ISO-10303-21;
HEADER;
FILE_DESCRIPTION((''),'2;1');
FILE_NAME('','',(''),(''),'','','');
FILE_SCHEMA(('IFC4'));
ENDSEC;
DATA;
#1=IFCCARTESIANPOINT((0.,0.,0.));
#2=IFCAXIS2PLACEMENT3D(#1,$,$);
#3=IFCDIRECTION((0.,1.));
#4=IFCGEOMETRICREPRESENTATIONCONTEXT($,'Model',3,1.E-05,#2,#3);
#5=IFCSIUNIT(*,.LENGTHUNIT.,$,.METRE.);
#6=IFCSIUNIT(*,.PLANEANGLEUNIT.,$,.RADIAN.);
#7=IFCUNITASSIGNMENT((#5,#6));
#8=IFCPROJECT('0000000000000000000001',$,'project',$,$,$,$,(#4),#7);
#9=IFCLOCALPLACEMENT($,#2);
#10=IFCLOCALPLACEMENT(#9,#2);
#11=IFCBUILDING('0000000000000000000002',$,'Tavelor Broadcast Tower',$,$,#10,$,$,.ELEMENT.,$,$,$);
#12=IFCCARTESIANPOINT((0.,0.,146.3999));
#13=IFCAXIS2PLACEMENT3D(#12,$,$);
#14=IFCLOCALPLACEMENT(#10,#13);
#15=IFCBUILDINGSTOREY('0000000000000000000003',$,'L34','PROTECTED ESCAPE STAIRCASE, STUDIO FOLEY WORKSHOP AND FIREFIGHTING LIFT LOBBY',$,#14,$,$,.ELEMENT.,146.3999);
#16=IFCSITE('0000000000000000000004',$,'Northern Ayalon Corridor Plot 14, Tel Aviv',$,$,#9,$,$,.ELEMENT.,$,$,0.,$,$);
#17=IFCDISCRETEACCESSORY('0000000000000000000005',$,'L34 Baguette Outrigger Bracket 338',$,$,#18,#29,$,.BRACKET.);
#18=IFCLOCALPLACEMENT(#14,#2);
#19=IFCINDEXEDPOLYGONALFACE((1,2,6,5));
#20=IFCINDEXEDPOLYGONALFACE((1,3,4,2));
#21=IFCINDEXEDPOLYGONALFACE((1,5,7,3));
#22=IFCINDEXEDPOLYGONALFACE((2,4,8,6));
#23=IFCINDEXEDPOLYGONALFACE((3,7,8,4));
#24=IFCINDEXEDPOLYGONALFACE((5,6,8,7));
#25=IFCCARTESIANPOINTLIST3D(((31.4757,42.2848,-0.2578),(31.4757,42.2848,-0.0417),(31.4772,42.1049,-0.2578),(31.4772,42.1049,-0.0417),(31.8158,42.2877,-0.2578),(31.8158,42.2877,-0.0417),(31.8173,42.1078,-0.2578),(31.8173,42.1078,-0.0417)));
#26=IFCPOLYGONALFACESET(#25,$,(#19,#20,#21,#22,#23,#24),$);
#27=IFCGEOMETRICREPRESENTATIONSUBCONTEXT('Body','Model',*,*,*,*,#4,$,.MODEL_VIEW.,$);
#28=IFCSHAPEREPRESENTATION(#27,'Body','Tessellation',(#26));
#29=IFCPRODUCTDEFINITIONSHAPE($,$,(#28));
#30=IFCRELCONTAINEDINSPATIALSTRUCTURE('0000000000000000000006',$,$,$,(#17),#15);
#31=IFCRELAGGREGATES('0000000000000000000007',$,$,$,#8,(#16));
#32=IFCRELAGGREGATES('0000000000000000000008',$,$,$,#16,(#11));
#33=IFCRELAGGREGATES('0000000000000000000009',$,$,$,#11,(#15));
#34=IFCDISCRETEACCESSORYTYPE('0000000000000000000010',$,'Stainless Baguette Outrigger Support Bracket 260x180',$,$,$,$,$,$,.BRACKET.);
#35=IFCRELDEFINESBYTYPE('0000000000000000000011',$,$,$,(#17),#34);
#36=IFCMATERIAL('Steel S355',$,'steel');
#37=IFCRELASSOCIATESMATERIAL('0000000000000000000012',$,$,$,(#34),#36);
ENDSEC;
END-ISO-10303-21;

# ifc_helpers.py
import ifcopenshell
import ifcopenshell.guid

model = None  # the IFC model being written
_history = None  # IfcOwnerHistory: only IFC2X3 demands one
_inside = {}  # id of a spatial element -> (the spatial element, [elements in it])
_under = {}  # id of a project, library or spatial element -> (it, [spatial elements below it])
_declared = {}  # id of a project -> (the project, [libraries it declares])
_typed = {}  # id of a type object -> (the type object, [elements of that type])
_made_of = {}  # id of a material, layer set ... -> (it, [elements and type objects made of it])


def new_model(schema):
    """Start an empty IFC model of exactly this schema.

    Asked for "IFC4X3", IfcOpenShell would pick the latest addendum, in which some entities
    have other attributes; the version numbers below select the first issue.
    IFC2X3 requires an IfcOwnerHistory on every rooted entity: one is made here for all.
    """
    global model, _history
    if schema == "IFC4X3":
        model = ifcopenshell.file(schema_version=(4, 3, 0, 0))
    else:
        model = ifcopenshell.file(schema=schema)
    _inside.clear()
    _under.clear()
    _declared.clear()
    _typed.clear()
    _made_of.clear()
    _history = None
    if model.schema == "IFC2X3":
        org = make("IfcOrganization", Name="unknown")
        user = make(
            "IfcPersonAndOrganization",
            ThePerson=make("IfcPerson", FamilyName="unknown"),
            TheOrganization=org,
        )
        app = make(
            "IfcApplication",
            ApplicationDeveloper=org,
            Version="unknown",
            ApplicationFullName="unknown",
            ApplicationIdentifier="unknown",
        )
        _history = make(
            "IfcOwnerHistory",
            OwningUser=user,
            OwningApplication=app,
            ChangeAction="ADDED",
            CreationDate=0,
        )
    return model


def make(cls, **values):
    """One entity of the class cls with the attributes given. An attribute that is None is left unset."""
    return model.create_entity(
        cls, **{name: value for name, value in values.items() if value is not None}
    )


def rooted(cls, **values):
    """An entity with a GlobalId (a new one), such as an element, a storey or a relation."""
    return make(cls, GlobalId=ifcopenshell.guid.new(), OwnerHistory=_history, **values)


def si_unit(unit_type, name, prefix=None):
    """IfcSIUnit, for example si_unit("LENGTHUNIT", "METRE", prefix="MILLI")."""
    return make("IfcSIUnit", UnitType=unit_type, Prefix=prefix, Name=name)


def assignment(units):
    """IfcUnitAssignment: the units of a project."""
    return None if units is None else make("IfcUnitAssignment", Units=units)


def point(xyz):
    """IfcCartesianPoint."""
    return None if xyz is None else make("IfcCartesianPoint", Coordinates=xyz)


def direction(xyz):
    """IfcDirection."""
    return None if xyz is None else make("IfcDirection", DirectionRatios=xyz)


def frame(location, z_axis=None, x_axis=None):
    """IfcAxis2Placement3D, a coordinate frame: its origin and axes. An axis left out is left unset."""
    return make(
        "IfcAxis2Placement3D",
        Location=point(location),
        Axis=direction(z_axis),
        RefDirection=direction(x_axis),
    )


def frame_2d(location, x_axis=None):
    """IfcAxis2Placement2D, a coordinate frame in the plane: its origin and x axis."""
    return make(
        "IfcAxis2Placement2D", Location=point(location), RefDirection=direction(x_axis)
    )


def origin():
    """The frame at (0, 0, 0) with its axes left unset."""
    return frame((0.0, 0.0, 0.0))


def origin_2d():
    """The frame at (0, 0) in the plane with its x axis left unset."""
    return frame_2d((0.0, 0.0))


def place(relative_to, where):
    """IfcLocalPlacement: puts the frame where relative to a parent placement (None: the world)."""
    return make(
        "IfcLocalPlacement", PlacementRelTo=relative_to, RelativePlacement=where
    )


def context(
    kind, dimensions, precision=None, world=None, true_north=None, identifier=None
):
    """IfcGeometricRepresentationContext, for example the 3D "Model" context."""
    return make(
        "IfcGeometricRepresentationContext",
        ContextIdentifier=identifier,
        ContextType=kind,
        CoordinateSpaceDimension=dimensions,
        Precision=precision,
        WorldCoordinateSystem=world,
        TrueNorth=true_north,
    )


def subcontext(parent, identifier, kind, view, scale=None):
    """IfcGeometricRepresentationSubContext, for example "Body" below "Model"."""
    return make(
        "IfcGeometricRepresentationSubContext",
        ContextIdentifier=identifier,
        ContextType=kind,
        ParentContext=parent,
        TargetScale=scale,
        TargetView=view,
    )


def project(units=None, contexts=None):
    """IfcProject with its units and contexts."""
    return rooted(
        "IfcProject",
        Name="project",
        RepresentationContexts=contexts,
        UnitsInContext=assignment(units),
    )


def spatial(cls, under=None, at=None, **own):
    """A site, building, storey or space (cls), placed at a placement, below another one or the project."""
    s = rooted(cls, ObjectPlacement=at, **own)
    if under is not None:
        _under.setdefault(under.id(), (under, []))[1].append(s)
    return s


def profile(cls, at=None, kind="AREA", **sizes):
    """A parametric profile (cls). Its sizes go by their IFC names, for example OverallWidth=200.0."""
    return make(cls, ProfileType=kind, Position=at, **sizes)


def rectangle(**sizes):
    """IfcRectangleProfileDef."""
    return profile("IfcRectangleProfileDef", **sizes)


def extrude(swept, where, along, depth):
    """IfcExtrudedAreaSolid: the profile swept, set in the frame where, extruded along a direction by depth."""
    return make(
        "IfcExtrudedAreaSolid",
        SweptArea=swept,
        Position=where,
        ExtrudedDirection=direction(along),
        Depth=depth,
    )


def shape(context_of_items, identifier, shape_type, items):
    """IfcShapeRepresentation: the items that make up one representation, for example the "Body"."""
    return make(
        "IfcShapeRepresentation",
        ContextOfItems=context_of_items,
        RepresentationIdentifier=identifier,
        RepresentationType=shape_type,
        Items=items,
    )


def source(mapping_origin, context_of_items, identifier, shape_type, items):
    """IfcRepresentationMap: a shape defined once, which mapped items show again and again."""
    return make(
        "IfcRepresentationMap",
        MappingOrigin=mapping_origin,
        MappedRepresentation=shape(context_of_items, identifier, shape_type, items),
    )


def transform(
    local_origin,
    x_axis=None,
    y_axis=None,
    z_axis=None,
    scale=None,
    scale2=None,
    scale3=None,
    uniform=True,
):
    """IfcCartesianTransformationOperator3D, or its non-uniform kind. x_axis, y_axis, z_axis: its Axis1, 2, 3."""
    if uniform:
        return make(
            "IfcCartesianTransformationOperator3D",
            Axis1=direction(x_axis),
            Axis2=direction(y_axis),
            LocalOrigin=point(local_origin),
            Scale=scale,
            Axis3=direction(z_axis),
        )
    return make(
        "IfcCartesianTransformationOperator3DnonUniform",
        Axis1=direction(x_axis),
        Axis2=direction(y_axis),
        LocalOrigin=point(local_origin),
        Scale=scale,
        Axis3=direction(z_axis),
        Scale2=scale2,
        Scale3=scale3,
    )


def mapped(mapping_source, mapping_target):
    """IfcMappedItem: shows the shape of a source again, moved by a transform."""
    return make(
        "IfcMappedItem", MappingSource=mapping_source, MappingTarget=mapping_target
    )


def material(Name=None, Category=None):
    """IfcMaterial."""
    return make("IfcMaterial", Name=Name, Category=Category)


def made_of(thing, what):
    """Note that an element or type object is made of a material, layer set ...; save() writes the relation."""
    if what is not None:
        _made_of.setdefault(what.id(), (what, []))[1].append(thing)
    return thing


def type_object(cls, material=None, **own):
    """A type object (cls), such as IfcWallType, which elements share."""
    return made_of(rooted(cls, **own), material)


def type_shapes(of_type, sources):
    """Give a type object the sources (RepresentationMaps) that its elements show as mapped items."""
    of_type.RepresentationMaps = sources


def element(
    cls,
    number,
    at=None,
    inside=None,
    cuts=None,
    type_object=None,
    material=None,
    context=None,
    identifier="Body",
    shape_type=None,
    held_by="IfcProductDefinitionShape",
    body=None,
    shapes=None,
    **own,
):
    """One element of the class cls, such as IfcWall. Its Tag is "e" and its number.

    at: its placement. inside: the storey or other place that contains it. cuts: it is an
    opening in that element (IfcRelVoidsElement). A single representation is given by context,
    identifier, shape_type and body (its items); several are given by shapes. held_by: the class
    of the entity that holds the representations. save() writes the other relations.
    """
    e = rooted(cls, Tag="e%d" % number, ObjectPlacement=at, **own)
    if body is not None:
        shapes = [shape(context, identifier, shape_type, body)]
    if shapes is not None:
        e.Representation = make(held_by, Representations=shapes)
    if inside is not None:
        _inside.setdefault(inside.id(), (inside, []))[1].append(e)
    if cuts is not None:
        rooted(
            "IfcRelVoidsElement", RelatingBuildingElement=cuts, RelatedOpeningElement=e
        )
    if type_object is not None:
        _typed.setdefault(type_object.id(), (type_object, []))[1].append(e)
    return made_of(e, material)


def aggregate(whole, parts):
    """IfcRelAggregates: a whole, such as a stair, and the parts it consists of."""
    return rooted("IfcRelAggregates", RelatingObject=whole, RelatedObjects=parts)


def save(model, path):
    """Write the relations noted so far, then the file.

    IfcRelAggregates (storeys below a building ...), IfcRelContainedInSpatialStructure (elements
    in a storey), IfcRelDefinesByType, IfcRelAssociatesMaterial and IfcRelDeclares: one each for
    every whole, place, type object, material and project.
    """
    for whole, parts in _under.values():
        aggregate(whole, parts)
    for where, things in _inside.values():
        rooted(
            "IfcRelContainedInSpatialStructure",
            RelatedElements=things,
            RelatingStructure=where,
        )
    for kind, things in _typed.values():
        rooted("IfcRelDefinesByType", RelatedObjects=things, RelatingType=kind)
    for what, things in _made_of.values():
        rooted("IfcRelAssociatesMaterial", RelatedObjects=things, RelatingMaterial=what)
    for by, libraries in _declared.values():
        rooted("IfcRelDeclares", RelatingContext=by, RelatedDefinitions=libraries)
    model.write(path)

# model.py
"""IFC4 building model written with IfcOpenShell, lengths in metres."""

from ifc_helpers import new_model, si_unit, direction, frame, origin, origin_2d, place, context, subcontext, project, spatial, rectangle, extrude, source, transform, mapped, material, type_object, type_shapes, element, save


model = new_model("IFC4")

# Units and contexts
model_context = context("Model", 3, precision=1e-05, world=origin(), true_north=direction((0.0, 1.0)))
body_context = subcontext(model_context, "Body", "Model", "MODEL_VIEW")
ifc_project = project(units=[si_unit("LENGTHUNIT", "METRE"), si_unit("PLANEANGLEUNIT", "RADIAN")], contexts=[model_context])

# Site, building, storey
site_placement = place(None, origin())
site = spatial("IfcSite", under=ifc_project, at=site_placement, Name="Northern Ayalon Corridor Plot 14, Tel Aviv", CompositionType="ELEMENT", RefElevation=0.0)
building_placement = place(site_placement, origin())
building = spatial("IfcBuilding", under=site, at=building_placement, Name="Tavelor Broadcast Tower", CompositionType="ELEMENT")
storey_placement = place(building_placement, frame((0.0, 0.0, 146.3999)))
storey = spatial("IfcBuildingStorey", under=building, at=storey_placement, Name="L34", Description="PROTECTED ESCAPE STAIRCASE, STUDIO FOLEY WORKSHOP AND FIREFIGHTING LIFT LOBBY", CompositionType="ELEMENT", Elevation=146.3999)

# Shared definitions
ifc_material_1 = material(Name="Steel S355", Category="steel")

# Discrete accessory
discrete_accessory_type = type_object("IfcDiscreteAccessoryType", Name="Stainless Baguette Outrigger Support Bracket 260x180", PredefinedType="BRACKET", material=ifc_material_1)
shared_shape_1 = source(origin(), body_context, "Body", "SweptSolid", [
    extrude(rectangle(XDim=0.1799, YDim=0.3401, at=origin_2d()), origin(), (0.0, 0.0, 1.0), 0.2161),
])
type_shapes(discrete_accessory_type, [shared_shape_1])
discrete_accessory_placement = place(storey_placement, frame((31.6465, 42.1963, -0.2578), z_axis=(0.0, 0.0, 1.0), x_axis=(0.008377, -0.999965, 0.0)))
element("IfcDiscreteAccessory", 1, at=discrete_accessory_placement, inside=storey, type_object=discrete_accessory_type, Name="L34 Baguette Outrigger Bracket 338", PredefinedType="BRACKET", context=body_context, shape_type="MappedRepresentation", body=[
    mapped(shared_shape_1, transform((0.0, 0.0, 0.0), scale=1.0)),
])

save(model, "model.ifc")
